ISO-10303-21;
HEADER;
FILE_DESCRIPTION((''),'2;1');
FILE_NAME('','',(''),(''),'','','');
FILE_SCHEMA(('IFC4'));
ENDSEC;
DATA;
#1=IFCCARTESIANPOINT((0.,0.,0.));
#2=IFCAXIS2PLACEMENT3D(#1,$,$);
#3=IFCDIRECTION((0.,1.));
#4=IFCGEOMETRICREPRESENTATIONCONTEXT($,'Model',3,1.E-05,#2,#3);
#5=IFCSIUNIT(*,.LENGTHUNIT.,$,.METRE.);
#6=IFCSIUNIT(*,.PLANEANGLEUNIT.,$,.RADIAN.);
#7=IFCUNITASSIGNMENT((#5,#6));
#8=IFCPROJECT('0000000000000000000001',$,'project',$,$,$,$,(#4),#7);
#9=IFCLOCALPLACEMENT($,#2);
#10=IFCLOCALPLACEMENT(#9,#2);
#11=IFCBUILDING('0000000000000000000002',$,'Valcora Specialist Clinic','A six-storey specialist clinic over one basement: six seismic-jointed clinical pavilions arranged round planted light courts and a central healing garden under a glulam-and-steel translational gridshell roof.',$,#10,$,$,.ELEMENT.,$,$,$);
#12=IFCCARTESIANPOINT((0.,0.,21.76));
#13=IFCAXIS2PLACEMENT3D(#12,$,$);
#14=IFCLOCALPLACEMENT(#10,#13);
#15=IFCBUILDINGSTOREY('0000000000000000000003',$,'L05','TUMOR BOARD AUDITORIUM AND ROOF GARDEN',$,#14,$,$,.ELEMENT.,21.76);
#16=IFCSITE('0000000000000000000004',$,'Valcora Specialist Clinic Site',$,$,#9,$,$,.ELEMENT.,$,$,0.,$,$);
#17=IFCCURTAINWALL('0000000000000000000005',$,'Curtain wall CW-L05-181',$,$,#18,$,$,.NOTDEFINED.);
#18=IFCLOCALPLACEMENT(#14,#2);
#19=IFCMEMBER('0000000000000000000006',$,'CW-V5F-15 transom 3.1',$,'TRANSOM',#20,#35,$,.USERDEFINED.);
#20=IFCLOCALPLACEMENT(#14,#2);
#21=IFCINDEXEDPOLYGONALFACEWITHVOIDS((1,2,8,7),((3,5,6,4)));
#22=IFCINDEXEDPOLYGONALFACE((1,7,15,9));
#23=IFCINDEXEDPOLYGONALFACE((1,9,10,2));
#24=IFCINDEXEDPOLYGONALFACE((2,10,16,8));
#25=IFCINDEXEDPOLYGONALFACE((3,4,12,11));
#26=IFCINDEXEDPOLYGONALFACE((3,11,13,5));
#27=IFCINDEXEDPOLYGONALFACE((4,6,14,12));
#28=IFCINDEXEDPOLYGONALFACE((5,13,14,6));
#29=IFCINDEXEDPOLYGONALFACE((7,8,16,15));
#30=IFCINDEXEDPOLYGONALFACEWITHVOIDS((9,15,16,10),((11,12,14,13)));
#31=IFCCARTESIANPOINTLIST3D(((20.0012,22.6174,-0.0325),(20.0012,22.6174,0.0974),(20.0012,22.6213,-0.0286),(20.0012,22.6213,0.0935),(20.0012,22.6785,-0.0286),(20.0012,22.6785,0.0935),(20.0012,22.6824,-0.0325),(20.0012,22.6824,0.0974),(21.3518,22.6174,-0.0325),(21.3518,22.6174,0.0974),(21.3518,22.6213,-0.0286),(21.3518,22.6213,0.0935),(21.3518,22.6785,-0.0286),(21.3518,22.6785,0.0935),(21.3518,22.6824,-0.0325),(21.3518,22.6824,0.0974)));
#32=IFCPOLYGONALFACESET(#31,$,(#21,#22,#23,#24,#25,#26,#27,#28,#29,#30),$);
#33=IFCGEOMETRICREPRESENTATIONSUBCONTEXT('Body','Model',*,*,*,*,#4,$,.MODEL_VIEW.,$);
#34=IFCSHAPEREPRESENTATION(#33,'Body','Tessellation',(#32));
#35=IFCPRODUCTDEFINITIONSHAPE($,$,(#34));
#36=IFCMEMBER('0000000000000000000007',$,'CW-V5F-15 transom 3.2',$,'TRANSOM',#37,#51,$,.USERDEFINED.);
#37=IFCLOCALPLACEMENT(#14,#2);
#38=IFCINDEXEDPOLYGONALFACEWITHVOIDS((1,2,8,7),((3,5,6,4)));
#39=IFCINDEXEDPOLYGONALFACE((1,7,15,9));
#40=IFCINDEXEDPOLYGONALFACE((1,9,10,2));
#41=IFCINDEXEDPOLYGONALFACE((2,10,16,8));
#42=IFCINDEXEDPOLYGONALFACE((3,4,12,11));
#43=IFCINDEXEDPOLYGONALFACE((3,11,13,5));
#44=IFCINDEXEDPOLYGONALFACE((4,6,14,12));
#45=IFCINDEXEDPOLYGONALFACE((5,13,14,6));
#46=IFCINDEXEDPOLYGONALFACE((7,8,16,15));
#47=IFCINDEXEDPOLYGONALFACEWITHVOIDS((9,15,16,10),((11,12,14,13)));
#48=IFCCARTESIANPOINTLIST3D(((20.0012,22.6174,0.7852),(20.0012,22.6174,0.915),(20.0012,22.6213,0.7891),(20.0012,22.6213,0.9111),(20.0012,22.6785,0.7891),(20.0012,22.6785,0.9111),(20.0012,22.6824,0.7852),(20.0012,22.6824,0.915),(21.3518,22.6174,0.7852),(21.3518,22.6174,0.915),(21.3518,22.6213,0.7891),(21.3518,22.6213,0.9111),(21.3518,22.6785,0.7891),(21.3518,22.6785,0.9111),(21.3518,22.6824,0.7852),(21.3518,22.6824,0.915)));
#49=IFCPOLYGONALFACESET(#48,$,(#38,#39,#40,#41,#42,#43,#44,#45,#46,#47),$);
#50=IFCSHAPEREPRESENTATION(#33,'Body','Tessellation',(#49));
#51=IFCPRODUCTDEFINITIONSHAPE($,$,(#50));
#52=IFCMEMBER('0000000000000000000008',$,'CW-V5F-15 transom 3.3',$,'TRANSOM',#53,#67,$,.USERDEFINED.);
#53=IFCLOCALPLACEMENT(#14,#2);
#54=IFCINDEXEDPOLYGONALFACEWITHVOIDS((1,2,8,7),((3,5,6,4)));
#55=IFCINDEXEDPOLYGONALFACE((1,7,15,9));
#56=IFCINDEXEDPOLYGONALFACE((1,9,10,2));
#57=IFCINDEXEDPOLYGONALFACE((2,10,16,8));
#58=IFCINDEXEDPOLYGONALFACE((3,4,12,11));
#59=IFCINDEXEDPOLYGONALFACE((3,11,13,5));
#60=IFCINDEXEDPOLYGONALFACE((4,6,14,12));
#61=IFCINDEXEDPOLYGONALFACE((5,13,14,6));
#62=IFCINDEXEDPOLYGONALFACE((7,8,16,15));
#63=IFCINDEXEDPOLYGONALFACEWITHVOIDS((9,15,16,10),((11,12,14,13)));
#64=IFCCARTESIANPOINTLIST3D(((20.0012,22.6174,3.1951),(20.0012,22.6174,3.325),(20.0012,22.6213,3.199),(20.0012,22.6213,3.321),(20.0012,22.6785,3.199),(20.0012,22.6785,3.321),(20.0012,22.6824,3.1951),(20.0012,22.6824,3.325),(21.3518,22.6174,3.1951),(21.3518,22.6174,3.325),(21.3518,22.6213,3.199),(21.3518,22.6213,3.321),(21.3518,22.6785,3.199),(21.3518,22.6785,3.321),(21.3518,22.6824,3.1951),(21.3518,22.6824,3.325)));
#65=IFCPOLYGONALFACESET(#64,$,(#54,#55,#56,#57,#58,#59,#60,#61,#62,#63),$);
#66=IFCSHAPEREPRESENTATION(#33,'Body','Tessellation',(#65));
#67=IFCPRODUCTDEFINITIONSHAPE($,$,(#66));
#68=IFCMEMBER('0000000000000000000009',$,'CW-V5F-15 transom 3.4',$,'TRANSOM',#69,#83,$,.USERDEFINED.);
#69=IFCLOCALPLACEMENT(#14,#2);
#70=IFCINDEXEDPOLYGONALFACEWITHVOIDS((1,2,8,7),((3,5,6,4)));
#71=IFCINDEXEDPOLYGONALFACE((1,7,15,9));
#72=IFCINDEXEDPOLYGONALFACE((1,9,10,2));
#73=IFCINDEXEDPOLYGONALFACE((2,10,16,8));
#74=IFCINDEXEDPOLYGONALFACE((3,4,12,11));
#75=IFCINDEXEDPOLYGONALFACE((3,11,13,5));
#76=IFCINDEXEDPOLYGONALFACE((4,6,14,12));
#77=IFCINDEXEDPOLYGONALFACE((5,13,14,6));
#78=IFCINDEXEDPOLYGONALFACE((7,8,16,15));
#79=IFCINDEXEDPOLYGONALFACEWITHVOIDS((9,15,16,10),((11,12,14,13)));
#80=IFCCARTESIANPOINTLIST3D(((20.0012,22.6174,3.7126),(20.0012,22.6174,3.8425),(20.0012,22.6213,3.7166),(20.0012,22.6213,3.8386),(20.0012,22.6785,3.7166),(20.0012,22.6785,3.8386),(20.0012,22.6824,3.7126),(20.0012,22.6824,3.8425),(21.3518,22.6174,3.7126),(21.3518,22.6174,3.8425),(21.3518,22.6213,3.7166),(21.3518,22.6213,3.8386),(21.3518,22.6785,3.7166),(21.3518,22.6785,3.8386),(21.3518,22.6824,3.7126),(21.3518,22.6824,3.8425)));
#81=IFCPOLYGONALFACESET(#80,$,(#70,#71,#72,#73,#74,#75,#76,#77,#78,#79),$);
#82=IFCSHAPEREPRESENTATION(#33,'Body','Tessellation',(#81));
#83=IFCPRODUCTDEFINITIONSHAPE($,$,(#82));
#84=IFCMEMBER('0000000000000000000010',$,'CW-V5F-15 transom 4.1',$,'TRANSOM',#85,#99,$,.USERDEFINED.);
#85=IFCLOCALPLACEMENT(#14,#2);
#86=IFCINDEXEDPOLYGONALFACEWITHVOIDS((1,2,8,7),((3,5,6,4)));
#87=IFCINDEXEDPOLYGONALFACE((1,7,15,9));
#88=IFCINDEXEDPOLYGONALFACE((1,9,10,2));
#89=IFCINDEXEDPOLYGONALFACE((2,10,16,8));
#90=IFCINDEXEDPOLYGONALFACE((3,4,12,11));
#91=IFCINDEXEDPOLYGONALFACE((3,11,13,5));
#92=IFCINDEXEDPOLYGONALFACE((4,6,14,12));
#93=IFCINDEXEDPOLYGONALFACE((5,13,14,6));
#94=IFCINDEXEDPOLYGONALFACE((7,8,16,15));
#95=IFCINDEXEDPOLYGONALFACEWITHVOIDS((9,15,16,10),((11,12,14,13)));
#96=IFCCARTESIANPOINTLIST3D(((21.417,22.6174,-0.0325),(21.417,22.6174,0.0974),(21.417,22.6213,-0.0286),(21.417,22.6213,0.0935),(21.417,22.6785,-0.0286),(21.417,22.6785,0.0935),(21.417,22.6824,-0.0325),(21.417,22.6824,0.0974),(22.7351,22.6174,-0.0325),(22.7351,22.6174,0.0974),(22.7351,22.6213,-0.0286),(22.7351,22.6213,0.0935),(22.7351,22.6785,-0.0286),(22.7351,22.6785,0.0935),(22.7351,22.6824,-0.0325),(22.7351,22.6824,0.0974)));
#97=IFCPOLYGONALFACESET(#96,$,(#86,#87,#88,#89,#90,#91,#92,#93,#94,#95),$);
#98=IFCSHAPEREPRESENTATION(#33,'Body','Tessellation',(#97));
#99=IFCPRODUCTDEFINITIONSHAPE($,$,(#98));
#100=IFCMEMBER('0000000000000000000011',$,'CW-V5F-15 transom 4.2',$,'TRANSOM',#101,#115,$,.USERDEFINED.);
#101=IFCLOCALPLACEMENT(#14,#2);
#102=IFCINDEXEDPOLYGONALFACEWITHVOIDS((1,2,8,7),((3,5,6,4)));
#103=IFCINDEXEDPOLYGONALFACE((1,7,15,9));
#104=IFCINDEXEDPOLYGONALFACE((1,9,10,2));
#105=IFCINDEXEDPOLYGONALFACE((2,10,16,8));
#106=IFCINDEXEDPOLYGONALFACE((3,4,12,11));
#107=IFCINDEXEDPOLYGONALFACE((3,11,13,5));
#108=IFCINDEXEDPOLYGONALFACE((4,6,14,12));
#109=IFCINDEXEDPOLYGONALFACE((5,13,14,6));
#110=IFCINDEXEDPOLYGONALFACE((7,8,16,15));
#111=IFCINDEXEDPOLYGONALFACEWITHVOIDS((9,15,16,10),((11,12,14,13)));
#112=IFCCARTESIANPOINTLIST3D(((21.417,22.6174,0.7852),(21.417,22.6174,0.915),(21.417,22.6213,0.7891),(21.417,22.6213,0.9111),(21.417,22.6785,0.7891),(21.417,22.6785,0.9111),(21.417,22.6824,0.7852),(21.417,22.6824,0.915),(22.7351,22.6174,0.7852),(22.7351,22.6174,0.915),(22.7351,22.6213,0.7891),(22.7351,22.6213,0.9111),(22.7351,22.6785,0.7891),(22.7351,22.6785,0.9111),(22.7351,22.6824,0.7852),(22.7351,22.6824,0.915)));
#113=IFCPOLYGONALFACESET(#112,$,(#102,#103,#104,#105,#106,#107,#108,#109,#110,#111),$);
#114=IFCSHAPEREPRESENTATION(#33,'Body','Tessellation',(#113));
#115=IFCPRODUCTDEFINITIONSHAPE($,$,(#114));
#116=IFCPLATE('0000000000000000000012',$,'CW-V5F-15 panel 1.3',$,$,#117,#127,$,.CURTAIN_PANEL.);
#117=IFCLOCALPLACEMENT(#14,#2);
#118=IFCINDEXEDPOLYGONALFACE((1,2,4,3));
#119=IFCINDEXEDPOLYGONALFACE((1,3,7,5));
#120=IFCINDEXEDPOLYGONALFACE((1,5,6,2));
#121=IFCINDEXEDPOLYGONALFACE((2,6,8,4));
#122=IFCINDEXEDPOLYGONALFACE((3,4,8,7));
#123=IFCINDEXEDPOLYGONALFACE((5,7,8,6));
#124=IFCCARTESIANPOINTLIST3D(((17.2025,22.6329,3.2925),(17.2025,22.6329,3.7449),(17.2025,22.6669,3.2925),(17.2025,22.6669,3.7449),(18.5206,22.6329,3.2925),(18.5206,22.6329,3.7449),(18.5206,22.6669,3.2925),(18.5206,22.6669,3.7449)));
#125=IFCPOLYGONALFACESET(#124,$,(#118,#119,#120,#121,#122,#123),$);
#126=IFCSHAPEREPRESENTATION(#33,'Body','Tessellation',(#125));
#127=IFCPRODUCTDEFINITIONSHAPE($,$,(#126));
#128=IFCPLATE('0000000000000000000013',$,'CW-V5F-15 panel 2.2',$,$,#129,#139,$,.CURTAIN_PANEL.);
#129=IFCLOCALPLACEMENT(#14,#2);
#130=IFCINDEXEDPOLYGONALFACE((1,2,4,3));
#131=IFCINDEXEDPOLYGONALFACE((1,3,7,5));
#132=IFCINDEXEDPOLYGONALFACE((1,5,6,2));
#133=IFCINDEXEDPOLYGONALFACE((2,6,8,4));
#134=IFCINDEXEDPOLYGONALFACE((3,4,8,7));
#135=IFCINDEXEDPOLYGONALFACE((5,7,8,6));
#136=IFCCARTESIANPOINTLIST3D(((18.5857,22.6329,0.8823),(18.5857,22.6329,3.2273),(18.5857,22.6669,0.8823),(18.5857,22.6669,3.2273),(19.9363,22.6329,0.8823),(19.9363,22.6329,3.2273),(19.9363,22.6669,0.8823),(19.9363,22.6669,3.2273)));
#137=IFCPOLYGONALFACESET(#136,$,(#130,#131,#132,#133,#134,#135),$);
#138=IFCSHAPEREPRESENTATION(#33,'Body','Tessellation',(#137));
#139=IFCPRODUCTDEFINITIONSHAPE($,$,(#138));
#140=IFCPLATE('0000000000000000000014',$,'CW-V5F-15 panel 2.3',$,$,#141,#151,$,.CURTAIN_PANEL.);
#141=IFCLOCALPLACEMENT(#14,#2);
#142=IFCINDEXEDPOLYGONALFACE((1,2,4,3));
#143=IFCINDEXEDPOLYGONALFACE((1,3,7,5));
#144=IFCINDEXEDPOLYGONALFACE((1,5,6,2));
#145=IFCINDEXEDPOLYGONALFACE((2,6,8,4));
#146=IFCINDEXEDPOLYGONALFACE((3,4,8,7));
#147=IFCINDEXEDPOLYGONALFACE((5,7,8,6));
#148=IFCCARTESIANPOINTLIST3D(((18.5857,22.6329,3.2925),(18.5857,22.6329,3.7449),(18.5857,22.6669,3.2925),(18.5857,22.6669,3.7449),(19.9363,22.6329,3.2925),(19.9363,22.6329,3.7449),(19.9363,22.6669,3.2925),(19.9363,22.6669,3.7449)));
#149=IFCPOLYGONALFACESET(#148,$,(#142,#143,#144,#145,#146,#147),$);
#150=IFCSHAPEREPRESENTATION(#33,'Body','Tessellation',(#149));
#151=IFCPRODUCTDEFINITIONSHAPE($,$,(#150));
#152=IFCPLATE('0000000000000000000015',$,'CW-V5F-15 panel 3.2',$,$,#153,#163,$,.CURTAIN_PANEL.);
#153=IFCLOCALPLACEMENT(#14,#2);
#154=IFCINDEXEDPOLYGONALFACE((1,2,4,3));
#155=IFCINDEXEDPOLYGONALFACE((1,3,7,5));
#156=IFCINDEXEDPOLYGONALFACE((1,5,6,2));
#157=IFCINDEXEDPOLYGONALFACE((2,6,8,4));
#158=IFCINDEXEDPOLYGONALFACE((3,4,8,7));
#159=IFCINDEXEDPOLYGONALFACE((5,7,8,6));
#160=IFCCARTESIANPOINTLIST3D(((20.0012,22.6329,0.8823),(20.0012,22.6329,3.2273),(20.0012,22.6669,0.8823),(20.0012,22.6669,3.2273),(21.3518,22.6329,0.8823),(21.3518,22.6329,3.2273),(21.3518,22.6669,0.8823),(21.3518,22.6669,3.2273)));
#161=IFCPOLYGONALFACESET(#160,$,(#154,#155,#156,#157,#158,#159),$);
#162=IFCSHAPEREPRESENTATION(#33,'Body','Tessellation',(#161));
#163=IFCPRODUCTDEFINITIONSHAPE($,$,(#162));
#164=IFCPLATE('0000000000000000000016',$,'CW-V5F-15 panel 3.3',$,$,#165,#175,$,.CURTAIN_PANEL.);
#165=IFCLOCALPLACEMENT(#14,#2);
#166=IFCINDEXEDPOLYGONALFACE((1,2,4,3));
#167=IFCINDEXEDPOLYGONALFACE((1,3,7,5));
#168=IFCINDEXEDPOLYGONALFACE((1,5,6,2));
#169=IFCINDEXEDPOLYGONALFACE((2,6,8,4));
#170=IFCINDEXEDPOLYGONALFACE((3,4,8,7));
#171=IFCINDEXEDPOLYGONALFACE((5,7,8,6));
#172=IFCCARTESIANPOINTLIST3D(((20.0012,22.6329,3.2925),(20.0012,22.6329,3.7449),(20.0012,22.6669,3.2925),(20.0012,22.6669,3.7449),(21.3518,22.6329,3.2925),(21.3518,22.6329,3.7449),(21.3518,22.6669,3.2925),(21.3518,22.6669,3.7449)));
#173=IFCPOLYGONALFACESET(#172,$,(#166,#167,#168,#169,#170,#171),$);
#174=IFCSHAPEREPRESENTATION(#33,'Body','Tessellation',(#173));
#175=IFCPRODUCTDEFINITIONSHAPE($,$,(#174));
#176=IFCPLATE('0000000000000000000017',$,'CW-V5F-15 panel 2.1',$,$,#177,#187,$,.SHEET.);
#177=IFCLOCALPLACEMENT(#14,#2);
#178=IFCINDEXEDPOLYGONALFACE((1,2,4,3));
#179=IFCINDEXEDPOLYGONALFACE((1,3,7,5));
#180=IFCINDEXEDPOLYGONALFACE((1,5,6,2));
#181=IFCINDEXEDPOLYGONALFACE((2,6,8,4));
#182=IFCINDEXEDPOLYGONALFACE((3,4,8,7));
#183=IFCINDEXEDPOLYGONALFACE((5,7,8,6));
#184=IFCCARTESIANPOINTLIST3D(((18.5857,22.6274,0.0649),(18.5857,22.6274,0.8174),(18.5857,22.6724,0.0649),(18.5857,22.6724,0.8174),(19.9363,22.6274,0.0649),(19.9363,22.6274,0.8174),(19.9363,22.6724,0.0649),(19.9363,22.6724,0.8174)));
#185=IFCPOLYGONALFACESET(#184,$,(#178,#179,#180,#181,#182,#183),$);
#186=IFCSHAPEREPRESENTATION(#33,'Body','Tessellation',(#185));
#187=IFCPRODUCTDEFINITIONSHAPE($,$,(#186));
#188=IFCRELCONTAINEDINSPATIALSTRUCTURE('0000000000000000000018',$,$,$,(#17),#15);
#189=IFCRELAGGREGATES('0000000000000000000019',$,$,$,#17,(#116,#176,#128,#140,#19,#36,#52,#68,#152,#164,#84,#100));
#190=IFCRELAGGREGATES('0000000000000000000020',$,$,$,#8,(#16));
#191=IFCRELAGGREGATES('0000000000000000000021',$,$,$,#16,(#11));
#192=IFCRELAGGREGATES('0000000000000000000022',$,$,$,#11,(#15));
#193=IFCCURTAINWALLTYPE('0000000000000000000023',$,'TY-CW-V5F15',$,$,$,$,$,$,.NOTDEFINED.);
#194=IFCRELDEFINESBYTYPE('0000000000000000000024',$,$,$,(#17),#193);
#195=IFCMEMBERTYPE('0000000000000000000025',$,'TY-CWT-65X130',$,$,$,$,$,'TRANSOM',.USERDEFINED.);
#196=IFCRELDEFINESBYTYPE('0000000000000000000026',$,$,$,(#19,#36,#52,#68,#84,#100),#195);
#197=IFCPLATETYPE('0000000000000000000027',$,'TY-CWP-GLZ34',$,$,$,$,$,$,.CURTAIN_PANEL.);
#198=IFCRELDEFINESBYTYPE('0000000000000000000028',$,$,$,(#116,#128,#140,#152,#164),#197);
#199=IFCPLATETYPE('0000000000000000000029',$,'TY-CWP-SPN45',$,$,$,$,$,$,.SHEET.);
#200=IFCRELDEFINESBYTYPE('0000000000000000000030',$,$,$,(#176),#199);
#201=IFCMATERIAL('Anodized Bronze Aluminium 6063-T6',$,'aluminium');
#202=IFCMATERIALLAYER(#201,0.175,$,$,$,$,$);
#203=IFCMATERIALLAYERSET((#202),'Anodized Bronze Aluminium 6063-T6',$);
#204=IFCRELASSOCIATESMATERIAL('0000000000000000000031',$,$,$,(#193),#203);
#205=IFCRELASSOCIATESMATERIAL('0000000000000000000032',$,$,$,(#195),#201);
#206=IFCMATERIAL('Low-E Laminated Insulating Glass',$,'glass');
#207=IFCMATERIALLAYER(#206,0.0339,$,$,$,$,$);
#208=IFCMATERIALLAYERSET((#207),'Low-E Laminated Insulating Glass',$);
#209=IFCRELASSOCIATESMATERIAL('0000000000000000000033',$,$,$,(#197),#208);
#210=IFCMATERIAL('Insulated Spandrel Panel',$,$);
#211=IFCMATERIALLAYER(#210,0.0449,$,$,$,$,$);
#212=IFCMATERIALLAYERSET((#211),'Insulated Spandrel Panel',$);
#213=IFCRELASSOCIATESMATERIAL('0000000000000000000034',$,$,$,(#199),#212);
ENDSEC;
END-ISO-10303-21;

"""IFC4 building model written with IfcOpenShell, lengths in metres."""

from ifc_helpers import new_model, si_unit, direction, frame, origin, origin_2d, place, context, subcontext, project, spatial, rectangle, hollow_rectangle, extrude, material, layer, layer_set, material_profile, profile_set, type_object, element, aggregate, save


model = new_model("IFC4")

# Units and contexts
model_context = context("Model", 3, precision=1e-05, world=origin(), true_north=direction((0.0, 1.0)))
body_context = subcontext(model_context, "Body", "Model", "MODEL_VIEW")
ifc_project = project(units=[si_unit("LENGTHUNIT", "METRE"), si_unit("PLANEANGLEUNIT", "RADIAN")], contexts=[model_context])

# Site, building, storey
site_placement = place(None, origin())
site = spatial("IfcSite", under=ifc_project, at=site_placement, Name="Valcora Specialist Clinic Site", CompositionType="ELEMENT", RefElevation=0.0)
building_placement = place(site_placement, origin())
building = spatial("IfcBuilding", under=site, at=building_placement, Name="Valcora Specialist Clinic", Description="A six-storey specialist clinic over one basement: six seismic-jointed clinical pavilions arranged round planted light courts and a central healing garden under a glulam-and-steel translational gridshell roof.", CompositionType="ELEMENT")
storey_placement = place(building_placement, frame((0.0, 0.0, 21.76)))
storey = spatial("IfcBuildingStorey", under=building, at=storey_placement, Name="L05", Description="TUMOR BOARD AUDITORIUM AND ROOF GARDEN", CompositionType="ELEMENT", Elevation=21.76)

# Curtain wall, members, plates
ifc_material_1 = material(Name="Anodized Bronze Aluminium 6063-T6", Category="aluminium")
ifc_layer_1 = layer(ifc_material_1, 0.175)
ifc_layer_set_1 = layer_set([ifc_layer_1], Name="Anodized Bronze Aluminium 6063-T6")
curtain_wall_type = type_object("IfcCurtainWallType", Name="TY-CW-V5F15", PredefinedType="NOTDEFINED", material=ifc_layer_set_1)
curtain_wall_placement = place(storey_placement, origin())
curtain_wall = element("IfcCurtainWall", 1, at=curtain_wall_placement, inside=storey, type_object=curtain_wall_type, Name="Curtain wall CW-L05-181", PredefinedType="NOTDEFINED")
ifc_material_profile_1 = material_profile(ifc_material_1, hollow_rectangle(XDim=0.0649, YDim=0.1299, WallThickness=0.0039, at=origin_2d()), Name="AL-TRN-65X130")
ifc_profile_set_1 = profile_set([ifc_material_profile_1], Name="Anodized Bronze Aluminium 6063-T6")
member_type_1 = type_object("IfcMemberType", Name="TY-CWT-65X130", ElementType="TRANSOM", PredefinedType="USERDEFINED", material=ifc_profile_set_1)
member_1_placement = place(storey_placement, frame((20.0012, 22.6499, 0.0325), z_axis=(1.0, 0.0, 0.0), x_axis=(0.0, 1.0, 0.0)))
member_1 = element("IfcMember", 2, at=member_1_placement, type_object=member_type_1, Name="CW-V5F-15 transom 3.1", ObjectType="TRANSOM", PredefinedType="USERDEFINED", context=body_context, shape_type="SweptSolid", body=[
    extrude(hollow_rectangle(XDim=0.0649, YDim=0.1299, WallThickness=0.0039, at=origin_2d()), origin(), (0.0, 0.0, 1.0), 1.3506),
])
member_2_placement = place(storey_placement, frame((20.0012, 22.6499, 0.8501), z_axis=(1.0, 0.0, 0.0), x_axis=(0.0, 1.0, 0.0)))
member_2 = element("IfcMember", 3, at=member_2_placement, type_object=member_type_1, Name="CW-V5F-15 transom 3.2", ObjectType="TRANSOM", PredefinedType="USERDEFINED", context=body_context, shape_type="SweptSolid", body=[
    extrude(hollow_rectangle(XDim=0.0649, YDim=0.1299, WallThickness=0.0039, at=origin_2d()), origin(), (0.0, 0.0, 1.0), 1.3506),
])
member_3_placement = place(storey_placement, frame((20.0012, 22.6499, 3.26), z_axis=(1.0, 0.0, 0.0), x_axis=(0.0, 1.0, 0.0)))
member_3 = element("IfcMember", 4, at=member_3_placement, type_object=member_type_1, Name="CW-V5F-15 transom 3.3", ObjectType="TRANSOM", PredefinedType="USERDEFINED", context=body_context, shape_type="SweptSolid", body=[
    extrude(hollow_rectangle(XDim=0.0649, YDim=0.1299, WallThickness=0.0039, at=origin_2d()), origin(), (0.0, 0.0, 1.0), 1.3506),
])
member_4_placement = place(storey_placement, frame((20.0012, 22.6499, 3.7776), z_axis=(1.0, 0.0, 0.0), x_axis=(0.0, 1.0, 0.0)))
member_4 = element("IfcMember", 5, at=member_4_placement, type_object=member_type_1, Name="CW-V5F-15 transom 3.4", ObjectType="TRANSOM", PredefinedType="USERDEFINED", context=body_context, shape_type="SweptSolid", body=[
    extrude(hollow_rectangle(XDim=0.0649, YDim=0.1299, WallThickness=0.0039, at=origin_2d()), origin(), (0.0, 0.0, 1.0), 1.3506),
])
member_5_placement = place(storey_placement, frame((21.417, 22.6499, 0.0325), z_axis=(1.0, 0.0, 0.0), x_axis=(0.0, 1.0, 0.0)))
member_5 = element("IfcMember", 6, at=member_5_placement, type_object=member_type_1, Name="CW-V5F-15 transom 4.1", ObjectType="TRANSOM", PredefinedType="USERDEFINED", context=body_context, shape_type="SweptSolid", body=[
    extrude(hollow_rectangle(XDim=0.0649, YDim=0.1299, WallThickness=0.0039, at=origin_2d()), origin(), (0.0, 0.0, 1.0), 1.3181),
])
member_6_placement = place(storey_placement, frame((21.417, 22.6499, 0.8501), z_axis=(1.0, 0.0, 0.0), x_axis=(0.0, 1.0, 0.0)))
member_6 = element("IfcMember", 7, at=member_6_placement, type_object=member_type_1, Name="CW-V5F-15 transom 4.2", ObjectType="TRANSOM", PredefinedType="USERDEFINED", context=body_context, shape_type="SweptSolid", body=[
    extrude(hollow_rectangle(XDim=0.0649, YDim=0.1299, WallThickness=0.0039, at=origin_2d()), origin(), (0.0, 0.0, 1.0), 1.3181),
])
ifc_material_2 = material(Name="Low-E Laminated Insulating Glass", Category="glass")
ifc_layer_2 = layer(ifc_material_2, 0.0339)
ifc_layer_set_2 = layer_set([ifc_layer_2], Name="Low-E Laminated Insulating Glass")
plate_type_1 = type_object("IfcPlateType", Name="TY-CWP-GLZ34", PredefinedType="CURTAIN_PANEL", material=ifc_layer_set_2)
plate_1_placement = place(storey_placement, frame((17.8616, 22.6499, 3.2925), z_axis=(0.0, 0.0, 1.0), x_axis=(1.0, 0.0, 0.0)))
plate_1 = element("IfcPlate", 8, at=plate_1_placement, type_object=plate_type_1, Name="CW-V5F-15 panel 1.3", PredefinedType="CURTAIN_PANEL", context=body_context, shape_type="SweptSolid", body=[
    extrude(rectangle(XDim=1.3181, YDim=0.0339, at=origin_2d()), origin(), (0.0, 0.0, 1.0), 0.4524),
])
plate_2_placement = place(storey_placement, frame((19.261, 22.6499, 0.8823), z_axis=(0.0, 0.0, 1.0), x_axis=(1.0, 0.0, 0.0)))
plate_2 = element("IfcPlate", 9, at=plate_2_placement, type_object=plate_type_1, Name="CW-V5F-15 panel 2.2", PredefinedType="CURTAIN_PANEL", context=body_context, shape_type="SweptSolid", body=[
    extrude(rectangle(XDim=1.3506, YDim=0.0339, at=origin_2d()), origin(), (0.0, 0.0, 1.0), 2.345),
])
plate_3_placement = place(storey_placement, frame((19.261, 22.6499, 3.2925), z_axis=(0.0, 0.0, 1.0), x_axis=(1.0, 0.0, 0.0)))
plate_3 = element("IfcPlate", 10, at=plate_3_placement, type_object=plate_type_1, Name="CW-V5F-15 panel 2.3", PredefinedType="CURTAIN_PANEL", context=body_context, shape_type="SweptSolid", body=[
    extrude(rectangle(XDim=1.3506, YDim=0.0339, at=origin_2d()), origin(), (0.0, 0.0, 1.0), 0.4524),
])
plate_4_placement = place(storey_placement, frame((20.6765, 22.6499, 0.8823), z_axis=(0.0, 0.0, 1.0), x_axis=(1.0, 0.0, 0.0)))
plate_4 = element("IfcPlate", 11, at=plate_4_placement, type_object=plate_type_1, Name="CW-V5F-15 panel 3.2", PredefinedType="CURTAIN_PANEL", context=body_context, shape_type="SweptSolid", body=[
    extrude(rectangle(XDim=1.3506, YDim=0.0339, at=origin_2d()), origin(), (0.0, 0.0, 1.0), 2.345),
])
plate_5_placement = place(storey_placement, frame((20.6765, 22.6499, 3.2925), z_axis=(0.0, 0.0, 1.0), x_axis=(1.0, 0.0, 0.0)))
plate_5 = element("IfcPlate", 12, at=plate_5_placement, type_object=plate_type_1, Name="CW-V5F-15 panel 3.3", PredefinedType="CURTAIN_PANEL", context=body_context, shape_type="SweptSolid", body=[
    extrude(rectangle(XDim=1.3506, YDim=0.0339, at=origin_2d()), origin(), (0.0, 0.0, 1.0), 0.4524),
])
ifc_material_3 = material(Name="Insulated Spandrel Panel")
ifc_layer_3 = layer(ifc_material_3, 0.0449)
ifc_layer_set_3 = layer_set([ifc_layer_3], Name="Insulated Spandrel Panel")
plate_type_2 = type_object("IfcPlateType", Name="TY-CWP-SPN45", PredefinedType="SHEET", material=ifc_layer_set_3)
plate_6_placement = place(storey_placement, frame((19.261, 22.6499, 0.0649), z_axis=(0.0, 0.0, 1.0), x_axis=(1.0, 0.0, 0.0)))
plate_6 = element("IfcPlate", 13, at=plate_6_placement, type_object=plate_type_2, Name="CW-V5F-15 panel 2.1", PredefinedType="SHEET", context=body_context, shape_type="SweptSolid", body=[
    extrude(rectangle(XDim=1.3506, YDim=0.0449, at=origin_2d()), origin(), (0.0, 0.0, 1.0), 0.7524),
])
aggregate(curtain_wall, [plate_1, plate_6, plate_2, plate_3, member_1, member_2, member_3, member_4, plate_4, plate_5, member_5, member_6])

save(model, "model.ifc")
